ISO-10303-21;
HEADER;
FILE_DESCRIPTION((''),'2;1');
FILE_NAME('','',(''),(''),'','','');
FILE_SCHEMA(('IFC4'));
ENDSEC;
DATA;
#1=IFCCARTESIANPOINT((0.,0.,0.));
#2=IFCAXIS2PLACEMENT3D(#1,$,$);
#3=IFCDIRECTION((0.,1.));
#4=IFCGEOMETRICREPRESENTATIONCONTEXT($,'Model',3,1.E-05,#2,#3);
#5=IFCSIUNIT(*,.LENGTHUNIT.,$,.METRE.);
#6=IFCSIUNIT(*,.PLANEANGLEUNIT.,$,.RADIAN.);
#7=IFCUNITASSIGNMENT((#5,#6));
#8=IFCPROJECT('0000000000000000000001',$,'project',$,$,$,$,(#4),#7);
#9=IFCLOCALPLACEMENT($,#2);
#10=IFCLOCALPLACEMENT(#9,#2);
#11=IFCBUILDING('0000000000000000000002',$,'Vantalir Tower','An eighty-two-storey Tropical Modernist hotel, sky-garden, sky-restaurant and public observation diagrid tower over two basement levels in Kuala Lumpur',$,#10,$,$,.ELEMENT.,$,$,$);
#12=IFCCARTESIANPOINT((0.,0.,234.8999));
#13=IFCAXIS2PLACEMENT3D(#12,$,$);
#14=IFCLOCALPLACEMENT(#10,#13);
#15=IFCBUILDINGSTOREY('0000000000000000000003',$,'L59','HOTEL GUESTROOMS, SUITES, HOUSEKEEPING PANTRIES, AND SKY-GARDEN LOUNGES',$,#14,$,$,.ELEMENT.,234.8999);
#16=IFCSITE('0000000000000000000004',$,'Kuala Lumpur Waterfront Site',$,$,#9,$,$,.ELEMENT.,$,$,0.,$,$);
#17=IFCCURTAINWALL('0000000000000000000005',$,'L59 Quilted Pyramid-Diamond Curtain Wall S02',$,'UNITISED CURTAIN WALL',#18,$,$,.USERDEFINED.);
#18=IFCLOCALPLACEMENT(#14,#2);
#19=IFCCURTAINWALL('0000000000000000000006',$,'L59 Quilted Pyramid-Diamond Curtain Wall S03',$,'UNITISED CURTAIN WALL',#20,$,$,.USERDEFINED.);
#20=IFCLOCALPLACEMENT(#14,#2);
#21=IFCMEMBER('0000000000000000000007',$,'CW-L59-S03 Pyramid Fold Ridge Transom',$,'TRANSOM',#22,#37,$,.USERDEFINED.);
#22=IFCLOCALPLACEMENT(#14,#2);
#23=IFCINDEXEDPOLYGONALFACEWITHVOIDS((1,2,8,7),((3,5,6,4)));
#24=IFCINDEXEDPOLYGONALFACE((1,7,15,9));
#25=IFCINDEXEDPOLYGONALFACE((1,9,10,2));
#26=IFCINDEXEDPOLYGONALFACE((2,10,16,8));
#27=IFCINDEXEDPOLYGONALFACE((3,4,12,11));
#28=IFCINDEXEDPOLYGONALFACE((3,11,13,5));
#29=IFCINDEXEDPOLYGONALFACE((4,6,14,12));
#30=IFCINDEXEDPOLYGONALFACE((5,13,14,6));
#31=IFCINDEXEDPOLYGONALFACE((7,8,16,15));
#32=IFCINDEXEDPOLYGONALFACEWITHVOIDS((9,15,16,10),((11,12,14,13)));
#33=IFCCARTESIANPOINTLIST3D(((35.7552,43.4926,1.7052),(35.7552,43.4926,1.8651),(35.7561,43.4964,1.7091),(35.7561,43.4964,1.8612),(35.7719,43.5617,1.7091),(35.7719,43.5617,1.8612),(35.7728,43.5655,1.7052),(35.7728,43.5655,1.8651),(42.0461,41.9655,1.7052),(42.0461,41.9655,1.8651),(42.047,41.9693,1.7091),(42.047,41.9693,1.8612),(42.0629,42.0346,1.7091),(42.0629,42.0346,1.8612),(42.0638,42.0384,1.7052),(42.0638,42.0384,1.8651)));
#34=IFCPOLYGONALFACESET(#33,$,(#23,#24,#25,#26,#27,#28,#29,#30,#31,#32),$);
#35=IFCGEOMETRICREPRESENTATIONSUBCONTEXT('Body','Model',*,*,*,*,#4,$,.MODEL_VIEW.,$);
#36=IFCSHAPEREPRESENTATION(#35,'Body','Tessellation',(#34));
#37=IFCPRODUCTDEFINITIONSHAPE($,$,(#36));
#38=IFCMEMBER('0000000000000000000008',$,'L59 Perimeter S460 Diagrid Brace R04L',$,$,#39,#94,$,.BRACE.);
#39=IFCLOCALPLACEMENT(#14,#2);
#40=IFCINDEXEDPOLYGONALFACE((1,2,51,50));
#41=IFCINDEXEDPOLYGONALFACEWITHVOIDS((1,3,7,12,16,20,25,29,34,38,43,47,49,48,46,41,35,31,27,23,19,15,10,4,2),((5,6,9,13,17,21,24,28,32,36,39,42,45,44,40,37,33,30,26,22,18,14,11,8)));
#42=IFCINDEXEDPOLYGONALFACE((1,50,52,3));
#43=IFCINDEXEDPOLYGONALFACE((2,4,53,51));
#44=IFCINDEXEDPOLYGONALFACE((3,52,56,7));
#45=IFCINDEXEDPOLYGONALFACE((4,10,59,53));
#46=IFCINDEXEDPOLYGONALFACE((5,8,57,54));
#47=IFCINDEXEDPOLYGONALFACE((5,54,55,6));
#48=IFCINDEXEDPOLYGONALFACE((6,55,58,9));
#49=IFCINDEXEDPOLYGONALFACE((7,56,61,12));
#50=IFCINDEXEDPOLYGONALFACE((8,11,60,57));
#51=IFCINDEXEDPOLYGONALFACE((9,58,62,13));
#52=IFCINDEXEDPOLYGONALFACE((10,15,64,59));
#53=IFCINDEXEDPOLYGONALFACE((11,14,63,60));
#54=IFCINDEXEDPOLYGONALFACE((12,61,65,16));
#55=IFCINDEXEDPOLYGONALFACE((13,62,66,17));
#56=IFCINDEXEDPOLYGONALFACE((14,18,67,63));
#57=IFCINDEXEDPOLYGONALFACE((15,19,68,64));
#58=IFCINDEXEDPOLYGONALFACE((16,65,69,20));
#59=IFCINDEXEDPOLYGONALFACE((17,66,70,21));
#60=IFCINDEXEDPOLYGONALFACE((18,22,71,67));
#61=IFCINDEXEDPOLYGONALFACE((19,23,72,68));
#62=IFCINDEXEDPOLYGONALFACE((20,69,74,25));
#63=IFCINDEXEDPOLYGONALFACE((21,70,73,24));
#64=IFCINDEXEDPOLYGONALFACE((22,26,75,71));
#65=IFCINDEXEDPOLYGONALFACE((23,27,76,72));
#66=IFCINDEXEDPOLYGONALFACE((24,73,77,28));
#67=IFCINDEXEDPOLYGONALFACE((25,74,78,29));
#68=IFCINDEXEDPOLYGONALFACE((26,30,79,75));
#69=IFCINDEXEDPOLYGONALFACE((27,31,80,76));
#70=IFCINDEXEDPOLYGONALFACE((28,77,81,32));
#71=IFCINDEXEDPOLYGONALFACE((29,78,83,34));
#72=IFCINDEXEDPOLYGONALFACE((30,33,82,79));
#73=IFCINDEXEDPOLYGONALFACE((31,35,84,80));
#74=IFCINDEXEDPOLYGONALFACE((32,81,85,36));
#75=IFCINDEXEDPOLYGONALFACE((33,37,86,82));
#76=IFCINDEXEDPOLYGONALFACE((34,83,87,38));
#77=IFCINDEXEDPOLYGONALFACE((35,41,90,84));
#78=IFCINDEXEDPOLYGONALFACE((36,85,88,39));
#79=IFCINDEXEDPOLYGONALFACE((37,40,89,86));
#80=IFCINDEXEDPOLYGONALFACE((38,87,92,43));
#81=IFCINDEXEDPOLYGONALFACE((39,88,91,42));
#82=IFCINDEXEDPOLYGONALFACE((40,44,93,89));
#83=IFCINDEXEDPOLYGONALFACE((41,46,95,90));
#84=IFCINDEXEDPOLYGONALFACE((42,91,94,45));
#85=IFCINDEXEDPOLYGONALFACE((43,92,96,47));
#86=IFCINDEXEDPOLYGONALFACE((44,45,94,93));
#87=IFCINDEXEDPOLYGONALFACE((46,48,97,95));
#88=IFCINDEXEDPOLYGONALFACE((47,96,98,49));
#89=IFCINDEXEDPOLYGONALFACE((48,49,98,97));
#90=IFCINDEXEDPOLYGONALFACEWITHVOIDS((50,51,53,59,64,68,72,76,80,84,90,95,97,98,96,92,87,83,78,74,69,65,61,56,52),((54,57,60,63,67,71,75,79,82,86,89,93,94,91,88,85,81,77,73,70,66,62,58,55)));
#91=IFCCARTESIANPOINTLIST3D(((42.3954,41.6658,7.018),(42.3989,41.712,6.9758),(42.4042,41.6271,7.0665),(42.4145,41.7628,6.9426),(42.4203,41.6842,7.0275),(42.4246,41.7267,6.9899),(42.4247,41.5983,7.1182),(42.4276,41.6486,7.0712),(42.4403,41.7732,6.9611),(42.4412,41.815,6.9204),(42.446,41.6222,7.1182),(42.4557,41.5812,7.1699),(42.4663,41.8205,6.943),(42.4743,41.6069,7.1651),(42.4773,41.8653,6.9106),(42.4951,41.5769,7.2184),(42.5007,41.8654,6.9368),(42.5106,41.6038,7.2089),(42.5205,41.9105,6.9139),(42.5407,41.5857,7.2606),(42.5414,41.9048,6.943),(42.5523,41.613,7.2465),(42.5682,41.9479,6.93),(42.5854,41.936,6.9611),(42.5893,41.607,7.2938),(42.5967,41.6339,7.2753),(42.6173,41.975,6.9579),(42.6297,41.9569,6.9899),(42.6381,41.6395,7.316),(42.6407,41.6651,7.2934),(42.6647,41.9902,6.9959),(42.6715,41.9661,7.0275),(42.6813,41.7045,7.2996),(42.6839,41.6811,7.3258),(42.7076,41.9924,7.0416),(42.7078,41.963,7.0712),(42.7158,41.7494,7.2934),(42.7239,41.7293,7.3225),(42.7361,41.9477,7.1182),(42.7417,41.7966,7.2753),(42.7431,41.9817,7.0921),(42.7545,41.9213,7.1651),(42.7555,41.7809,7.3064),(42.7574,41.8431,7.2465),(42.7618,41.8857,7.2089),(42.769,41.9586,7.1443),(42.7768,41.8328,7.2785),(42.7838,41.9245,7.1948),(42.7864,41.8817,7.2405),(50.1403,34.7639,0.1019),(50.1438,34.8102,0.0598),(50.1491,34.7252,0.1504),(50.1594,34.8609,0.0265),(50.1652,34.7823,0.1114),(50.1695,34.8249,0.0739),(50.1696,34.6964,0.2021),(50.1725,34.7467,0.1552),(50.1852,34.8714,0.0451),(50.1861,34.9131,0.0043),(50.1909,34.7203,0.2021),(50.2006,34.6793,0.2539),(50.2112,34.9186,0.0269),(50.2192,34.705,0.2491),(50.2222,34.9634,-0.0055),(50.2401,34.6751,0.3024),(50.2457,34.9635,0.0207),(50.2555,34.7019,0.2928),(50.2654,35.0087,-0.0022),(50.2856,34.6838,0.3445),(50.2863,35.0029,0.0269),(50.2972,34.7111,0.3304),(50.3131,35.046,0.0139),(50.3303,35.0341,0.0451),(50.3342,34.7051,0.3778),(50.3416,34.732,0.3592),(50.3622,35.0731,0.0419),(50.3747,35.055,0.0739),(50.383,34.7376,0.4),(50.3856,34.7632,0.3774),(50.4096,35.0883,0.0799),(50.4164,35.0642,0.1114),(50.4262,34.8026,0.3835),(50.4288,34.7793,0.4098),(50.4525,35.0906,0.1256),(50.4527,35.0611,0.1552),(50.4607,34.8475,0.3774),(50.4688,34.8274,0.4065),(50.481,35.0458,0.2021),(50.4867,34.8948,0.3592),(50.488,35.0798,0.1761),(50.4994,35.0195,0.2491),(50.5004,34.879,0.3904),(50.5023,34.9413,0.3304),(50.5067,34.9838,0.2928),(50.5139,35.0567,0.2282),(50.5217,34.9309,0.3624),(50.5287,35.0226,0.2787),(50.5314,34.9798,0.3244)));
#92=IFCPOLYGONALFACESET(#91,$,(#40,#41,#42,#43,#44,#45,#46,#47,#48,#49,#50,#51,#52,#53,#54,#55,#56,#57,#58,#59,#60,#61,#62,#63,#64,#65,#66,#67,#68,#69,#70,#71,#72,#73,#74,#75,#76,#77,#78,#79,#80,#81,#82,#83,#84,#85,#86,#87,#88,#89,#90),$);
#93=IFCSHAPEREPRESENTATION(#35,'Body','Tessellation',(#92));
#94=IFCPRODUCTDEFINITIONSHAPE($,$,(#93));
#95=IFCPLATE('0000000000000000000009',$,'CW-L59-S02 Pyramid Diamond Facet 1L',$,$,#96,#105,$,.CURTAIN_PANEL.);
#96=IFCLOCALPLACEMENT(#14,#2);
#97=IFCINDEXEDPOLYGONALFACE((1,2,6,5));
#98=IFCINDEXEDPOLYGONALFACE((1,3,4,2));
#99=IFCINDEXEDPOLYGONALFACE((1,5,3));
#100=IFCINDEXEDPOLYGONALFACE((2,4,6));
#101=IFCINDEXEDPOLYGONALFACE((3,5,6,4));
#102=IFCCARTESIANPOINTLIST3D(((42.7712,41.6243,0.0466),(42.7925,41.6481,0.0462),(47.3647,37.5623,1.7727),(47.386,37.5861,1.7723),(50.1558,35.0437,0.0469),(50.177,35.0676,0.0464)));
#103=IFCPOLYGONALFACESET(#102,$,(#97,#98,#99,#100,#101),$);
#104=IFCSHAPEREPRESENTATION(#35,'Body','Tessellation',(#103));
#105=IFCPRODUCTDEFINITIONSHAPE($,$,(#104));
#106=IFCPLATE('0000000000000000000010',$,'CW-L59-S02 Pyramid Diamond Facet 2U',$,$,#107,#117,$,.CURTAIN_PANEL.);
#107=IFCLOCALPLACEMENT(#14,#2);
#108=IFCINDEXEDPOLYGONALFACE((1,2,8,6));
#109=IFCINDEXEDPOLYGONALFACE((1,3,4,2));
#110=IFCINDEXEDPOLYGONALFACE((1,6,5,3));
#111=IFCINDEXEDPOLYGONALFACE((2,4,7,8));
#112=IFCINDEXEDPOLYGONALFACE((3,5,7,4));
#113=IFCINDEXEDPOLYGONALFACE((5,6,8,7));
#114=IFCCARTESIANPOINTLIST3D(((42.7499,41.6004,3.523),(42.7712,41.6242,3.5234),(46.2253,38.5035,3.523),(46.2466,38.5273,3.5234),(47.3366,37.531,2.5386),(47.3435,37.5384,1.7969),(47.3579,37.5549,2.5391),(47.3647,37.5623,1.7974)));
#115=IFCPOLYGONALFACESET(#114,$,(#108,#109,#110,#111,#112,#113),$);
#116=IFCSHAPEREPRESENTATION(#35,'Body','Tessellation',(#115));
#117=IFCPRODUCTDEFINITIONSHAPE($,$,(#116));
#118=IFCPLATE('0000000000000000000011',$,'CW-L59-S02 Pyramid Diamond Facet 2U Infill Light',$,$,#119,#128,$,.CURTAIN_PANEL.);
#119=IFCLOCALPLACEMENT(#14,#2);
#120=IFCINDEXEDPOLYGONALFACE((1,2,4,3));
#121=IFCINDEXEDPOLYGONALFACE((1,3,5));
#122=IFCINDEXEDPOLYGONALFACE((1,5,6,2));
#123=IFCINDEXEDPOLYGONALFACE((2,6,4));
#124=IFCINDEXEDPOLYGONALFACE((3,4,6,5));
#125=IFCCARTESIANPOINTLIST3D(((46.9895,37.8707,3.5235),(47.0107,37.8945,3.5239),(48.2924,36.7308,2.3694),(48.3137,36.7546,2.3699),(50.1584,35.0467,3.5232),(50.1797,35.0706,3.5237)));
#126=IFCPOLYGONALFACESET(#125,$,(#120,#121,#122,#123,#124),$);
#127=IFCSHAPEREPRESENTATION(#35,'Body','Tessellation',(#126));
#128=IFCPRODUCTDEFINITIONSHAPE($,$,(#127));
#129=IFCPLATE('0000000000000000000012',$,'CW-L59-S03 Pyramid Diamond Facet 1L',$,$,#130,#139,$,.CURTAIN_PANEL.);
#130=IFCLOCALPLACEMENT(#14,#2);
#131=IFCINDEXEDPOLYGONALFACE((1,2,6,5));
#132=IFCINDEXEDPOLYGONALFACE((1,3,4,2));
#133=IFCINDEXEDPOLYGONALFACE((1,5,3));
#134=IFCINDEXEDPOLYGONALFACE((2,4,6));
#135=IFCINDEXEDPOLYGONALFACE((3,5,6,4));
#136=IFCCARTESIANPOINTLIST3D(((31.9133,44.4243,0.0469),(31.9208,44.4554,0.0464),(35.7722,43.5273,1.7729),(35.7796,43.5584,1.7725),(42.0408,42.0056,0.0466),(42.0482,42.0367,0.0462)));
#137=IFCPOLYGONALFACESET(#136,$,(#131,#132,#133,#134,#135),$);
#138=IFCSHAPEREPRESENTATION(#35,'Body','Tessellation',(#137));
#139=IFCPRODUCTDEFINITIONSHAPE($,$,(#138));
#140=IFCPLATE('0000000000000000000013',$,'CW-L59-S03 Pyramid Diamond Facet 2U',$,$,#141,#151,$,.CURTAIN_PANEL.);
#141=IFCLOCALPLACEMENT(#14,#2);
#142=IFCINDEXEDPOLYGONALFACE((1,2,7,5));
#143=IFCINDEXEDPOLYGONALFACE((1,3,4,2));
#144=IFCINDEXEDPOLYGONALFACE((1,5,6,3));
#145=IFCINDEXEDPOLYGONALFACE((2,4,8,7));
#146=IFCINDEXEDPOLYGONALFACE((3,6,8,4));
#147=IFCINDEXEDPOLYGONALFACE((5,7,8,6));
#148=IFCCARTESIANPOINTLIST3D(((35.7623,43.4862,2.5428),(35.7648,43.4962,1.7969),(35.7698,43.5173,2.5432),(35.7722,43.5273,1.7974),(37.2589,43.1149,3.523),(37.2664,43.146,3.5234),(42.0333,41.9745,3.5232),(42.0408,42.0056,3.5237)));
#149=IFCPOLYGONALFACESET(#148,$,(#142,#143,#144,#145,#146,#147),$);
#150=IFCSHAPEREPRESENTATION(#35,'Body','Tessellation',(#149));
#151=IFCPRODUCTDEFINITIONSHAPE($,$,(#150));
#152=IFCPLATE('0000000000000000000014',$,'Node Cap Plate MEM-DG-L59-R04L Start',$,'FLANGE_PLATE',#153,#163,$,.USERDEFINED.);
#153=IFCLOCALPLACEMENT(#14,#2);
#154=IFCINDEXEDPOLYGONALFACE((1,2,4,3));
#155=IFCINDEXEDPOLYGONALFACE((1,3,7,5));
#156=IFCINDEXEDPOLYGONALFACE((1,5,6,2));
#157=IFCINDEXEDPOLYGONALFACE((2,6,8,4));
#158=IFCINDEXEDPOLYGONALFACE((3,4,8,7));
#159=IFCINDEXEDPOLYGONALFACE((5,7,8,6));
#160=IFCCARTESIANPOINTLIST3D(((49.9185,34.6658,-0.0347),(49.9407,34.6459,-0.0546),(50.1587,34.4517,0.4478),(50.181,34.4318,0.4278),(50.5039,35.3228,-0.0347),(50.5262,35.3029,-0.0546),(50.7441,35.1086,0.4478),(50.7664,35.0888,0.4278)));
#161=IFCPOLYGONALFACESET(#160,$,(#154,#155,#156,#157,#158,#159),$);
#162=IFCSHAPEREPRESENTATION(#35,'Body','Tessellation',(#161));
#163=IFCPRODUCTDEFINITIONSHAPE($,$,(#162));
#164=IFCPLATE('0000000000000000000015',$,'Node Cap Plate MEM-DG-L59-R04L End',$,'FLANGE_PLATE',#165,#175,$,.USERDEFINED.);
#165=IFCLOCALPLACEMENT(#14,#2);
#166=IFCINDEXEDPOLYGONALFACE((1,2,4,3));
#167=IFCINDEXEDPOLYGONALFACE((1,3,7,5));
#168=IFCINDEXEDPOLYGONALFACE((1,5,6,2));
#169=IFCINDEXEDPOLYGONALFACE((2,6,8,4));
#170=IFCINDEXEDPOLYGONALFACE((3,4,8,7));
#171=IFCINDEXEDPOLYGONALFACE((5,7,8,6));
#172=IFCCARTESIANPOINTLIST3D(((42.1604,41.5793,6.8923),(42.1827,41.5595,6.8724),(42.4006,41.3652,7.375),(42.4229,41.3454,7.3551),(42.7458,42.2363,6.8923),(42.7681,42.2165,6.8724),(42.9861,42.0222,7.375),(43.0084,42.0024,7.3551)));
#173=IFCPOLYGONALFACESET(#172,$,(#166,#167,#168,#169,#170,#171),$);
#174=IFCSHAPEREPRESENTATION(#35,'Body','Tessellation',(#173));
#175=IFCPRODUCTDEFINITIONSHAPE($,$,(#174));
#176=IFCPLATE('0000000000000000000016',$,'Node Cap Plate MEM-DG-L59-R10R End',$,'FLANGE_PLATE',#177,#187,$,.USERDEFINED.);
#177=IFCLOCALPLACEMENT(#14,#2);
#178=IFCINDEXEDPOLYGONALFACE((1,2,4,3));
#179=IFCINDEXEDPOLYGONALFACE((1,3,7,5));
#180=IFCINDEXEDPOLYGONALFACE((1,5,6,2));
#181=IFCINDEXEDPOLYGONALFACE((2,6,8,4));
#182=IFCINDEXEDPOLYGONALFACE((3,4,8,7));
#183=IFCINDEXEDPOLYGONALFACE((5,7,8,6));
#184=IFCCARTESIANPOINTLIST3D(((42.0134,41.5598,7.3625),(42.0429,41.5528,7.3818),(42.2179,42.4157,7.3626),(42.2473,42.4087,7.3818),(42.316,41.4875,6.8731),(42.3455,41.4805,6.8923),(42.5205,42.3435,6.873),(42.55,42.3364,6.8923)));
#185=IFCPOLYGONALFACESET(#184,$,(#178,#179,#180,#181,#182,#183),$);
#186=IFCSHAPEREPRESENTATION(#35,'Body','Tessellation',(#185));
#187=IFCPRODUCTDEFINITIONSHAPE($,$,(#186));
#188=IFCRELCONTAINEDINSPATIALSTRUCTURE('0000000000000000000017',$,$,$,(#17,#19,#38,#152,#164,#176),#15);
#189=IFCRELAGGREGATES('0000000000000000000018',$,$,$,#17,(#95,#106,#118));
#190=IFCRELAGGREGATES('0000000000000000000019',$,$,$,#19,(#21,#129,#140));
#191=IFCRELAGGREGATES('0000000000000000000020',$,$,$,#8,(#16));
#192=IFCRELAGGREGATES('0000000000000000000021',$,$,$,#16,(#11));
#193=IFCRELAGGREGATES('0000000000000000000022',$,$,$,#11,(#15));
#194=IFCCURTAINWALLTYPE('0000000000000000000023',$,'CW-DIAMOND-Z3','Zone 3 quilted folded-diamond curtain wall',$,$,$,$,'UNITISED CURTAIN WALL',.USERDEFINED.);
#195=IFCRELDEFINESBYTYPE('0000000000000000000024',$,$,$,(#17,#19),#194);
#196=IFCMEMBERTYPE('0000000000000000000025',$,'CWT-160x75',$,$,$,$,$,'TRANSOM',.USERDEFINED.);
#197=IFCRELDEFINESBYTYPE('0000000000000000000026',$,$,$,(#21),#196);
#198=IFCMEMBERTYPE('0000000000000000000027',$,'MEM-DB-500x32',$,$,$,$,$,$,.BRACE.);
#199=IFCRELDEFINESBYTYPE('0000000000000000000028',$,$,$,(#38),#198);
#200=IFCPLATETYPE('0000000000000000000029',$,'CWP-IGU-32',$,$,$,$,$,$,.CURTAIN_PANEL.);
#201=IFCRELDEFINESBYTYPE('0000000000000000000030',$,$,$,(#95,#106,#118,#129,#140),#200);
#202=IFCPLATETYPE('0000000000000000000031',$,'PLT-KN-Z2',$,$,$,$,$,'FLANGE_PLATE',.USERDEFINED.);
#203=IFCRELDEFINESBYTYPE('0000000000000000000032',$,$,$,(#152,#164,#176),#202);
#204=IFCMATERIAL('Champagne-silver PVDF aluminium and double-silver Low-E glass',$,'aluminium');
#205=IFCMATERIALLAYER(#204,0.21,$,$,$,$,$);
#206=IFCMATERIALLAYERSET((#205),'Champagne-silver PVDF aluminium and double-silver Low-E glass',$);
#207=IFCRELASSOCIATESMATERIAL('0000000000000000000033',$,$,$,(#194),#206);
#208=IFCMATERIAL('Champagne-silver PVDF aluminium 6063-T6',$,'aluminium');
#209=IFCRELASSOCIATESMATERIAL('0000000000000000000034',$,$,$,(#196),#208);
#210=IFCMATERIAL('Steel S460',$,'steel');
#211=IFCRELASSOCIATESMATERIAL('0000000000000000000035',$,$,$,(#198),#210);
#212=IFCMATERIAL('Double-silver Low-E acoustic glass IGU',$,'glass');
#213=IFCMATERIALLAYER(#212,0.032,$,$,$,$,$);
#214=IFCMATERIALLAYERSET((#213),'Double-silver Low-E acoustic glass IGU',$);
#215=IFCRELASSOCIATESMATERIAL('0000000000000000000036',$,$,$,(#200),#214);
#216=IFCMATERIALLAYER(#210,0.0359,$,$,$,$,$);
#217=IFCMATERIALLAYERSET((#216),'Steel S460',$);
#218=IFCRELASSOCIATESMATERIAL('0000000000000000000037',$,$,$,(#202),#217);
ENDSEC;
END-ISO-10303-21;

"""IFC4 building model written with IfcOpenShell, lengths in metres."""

from ifc_helpers import new_model, si_unit, direction, frame, origin, origin_2d, place, context, subcontext, project, spatial, polyline, hollow_rectangle, hollow_circle, outline, extrude, material, layer, layer_set, material_profile, profile_set, type_object, element, aggregate, save


model = new_model("IFC4")

# Units and contexts
model_context = context("Model", 3, precision=1e-05, world=origin(), true_north=direction((0.0, 1.0)))
body_context = subcontext(model_context, "Body", "Model", "MODEL_VIEW")
ifc_project = project(units=[si_unit("LENGTHUNIT", "METRE"), si_unit("PLANEANGLEUNIT", "RADIAN")], contexts=[model_context])

# Site, building, storey
site_placement = place(None, origin())
site = spatial("IfcSite", under=ifc_project, at=site_placement, Name="Kuala Lumpur Waterfront Site", CompositionType="ELEMENT", RefElevation=0.0)
building_placement = place(site_placement, origin())
building = spatial("IfcBuilding", under=site, at=building_placement, Name="Vantalir Tower", Description="An eighty-two-storey Tropical Modernist hotel, sky-garden, sky-restaurant and public observation diagrid tower over two basement levels in Kuala Lumpur", CompositionType="ELEMENT")
storey_placement = place(building_placement, frame((0.0, 0.0, 234.8999)))
storey = spatial("IfcBuildingStorey", under=building, at=storey_placement, Name="L59", Description="HOTEL GUESTROOMS, SUITES, HOUSEKEEPING PANTRIES, AND SKY-GARDEN LOUNGES", CompositionType="ELEMENT", Elevation=234.8999)

# Shared definitions
ifc_material_1 = material(Name="Steel S460", Category="steel")

# Curtain wall
ifc_material_2 = material(Name="Champagne-silver PVDF aluminium and double-silver Low-E glass", Category="aluminium")
ifc_layer_1 = layer(ifc_material_2, 0.21)
ifc_layer_set_1 = layer_set([ifc_layer_1], Name="Champagne-silver PVDF aluminium and double-silver Low-E glass")
curtain_wall_type = type_object("IfcCurtainWallType", Name="CW-DIAMOND-Z3", Description="Zone 3 quilted folded-diamond curtain wall", ElementType="UNITISED CURTAIN WALL", PredefinedType="USERDEFINED", material=ifc_layer_set_1)
curtain_wall_1_placement = place(storey_placement, origin())
curtain_wall_1 = element("IfcCurtainWall", 1, at=curtain_wall_1_placement, inside=storey, type_object=curtain_wall_type, Name="L59 Quilted Pyramid-Diamond Curtain Wall S02", ObjectType="UNITISED CURTAIN WALL", PredefinedType="USERDEFINED")
ifc_material_3 = material(Name="Champagne-silver PVDF aluminium 6063-T6", Category="aluminium")

# Curtain wall
curtain_wall_2_placement = place(storey_placement, origin())
curtain_wall_2 = element("IfcCurtainWall", 2, at=curtain_wall_2_placement, inside=storey, type_object=curtain_wall_type, Name="L59 Quilted Pyramid-Diamond Curtain Wall S03", ObjectType="UNITISED CURTAIN WALL", PredefinedType="USERDEFINED")

# Members
ifc_material_profile_1 = material_profile(ifc_material_3, hollow_rectangle(XDim=0.075, YDim=0.1599, WallThickness=0.0039, at=origin_2d()), Name="Champagne-silver PVDF aluminium 6063-T6")
ifc_profile_set_1 = profile_set([ifc_material_profile_1], Name="Champagne-silver PVDF aluminium 6063-T6")
member_type_1 = type_object("IfcMemberType", Name="CWT-160x75", ElementType="TRANSOM", PredefinedType="USERDEFINED", material=ifc_profile_set_1)
member_1_placement = place(storey_placement, frame((42.0549, 42.002, 1.7852), z_axis=(-0.971779, 0.235893, 0.0), x_axis=(-0.235893, -0.971779, 0.0)))
member_1 = element("IfcMember", 3, at=member_1_placement, type_object=member_type_1, Name="CW-L59-S03 Pyramid Fold Ridge Transom", ObjectType="TRANSOM", PredefinedType="USERDEFINED", context=body_context, shape_type="SweptSolid", body=[
    extrude(hollow_rectangle(XDim=0.075, YDim=0.1599, WallThickness=0.0039, at=origin_2d()), origin(), (0.0, 0.0, 1.0), 6.4736),
])
ifc_material_profile_2 = material_profile(ifc_material_1, hollow_circle(Radius=0.25, WallThickness=0.032, at=origin_2d()), Name="Steel S460")
ifc_profile_set_2 = profile_set([ifc_material_profile_2], Name="Steel S460")
member_type_2 = type_object("IfcMemberType", Name="MEM-DB-500x32", PredefinedType="BRACE", material=ifc_profile_set_2)
member_2_placement = place(storey_placement, frame((50.3359, 34.8831, 0.2021), z_axis=(-0.621182, 0.553567, 0.554703), x_axis=(-0.665307, -0.74657, 0.0)))
element("IfcMember", 4, at=member_2_placement, inside=storey, type_object=member_type_2, Name="L59 Perimeter S460 Diagrid Brace R04L", PredefinedType="BRACE", context=body_context, shape_type="SweptSolid", body=[
    extrude(hollow_circle(Radius=0.25, WallThickness=0.032, at=origin_2d()), origin(), (0.0, 0.0, 1.0), 12.468),
])

# Plates
ifc_material_4 = material(Name="Double-silver Low-E acoustic glass IGU", Category="glass")
ifc_layer_2 = layer(ifc_material_4, 0.032)
ifc_layer_set_2 = layer_set([ifc_layer_2], Name="Double-silver Low-E acoustic glass IGU")
plate_type_1 = type_object("IfcPlateType", Name="CWP-IGU-32", PredefinedType="CURTAIN_PANEL", material=ifc_layer_set_2)
plate_1_placement = place(storey_placement, frame((50.1558, 35.0437, 0.0469), z_axis=(-0.665237, -0.746509, 0.01358), x_axis=(-0.746578, 0.665298, -0.000025)))
plate_1 = element("IfcPlate", 5, at=plate_1_placement, type_object=plate_type_1, Name="CW-L59-S02 Pyramid Diamond Facet 1L", PredefinedType="CURTAIN_PANEL", context=body_context, shape_type="SweptSolid", body=[
    extrude(outline(polyline([(0.0, 0.0), (9.8912, 0.0), (3.7593, -1.7261), (0.0, 0.0)])), origin(), (0.0, 0.0, -1.0), 0.032),
])
plate_2_placement = place(storey_placement, frame((46.2466, 38.5273, 3.5234), z_axis=(0.665225, 0.74652, 0.013542), x_axis=(-0.746588, 0.665286, 0.0)))
plate_2 = element("IfcPlate", 6, at=plate_2_placement, type_object=plate_type_1, Name="CW-L59-S02 Pyramid Diamond Facet 2U", PredefinedType="CURTAIN_PANEL", context=body_context, shape_type="SweptSolid", body=[
    extrude(outline(polyline([(0.0, 0.0), (4.655, 0.0), (-1.4769, -1.7262), (-1.4766, -0.9845), (0.0, 0.0)])), origin(), (0.0, 0.0, -1.0), 0.032),
])
plate_3_placement = place(storey_placement, frame((50.1797, 35.0706, 3.5237), z_axis=(0.66524, 0.746503, 0.013743), x_axis=(-0.746574, 0.665302, 0.000058)))
plate_3 = element("IfcPlate", 7, at=plate_3_placement, type_object=plate_type_1, Name="CW-L59-S02 Pyramid Diamond Facet 2U Infill Light", PredefinedType="CURTAIN_PANEL", context=body_context, shape_type="SweptSolid", body=[
    extrude(outline(polyline([(0.0, 0.0), (4.2446, 0.0), (2.5134, -1.1541), (0.0, 0.0)])), origin(), (0.0, 0.0, -1.0), 0.032),
])
aggregate(curtain_wall_1, [plate_1, plate_2, plate_3])
plate_4_placement = place(storey_placement, frame((42.0408, 42.0056, 0.0466), z_axis=(-0.232271, -0.972552, 0.013878), x_axis=(-0.972646, 0.232294, 0.000023)))
plate_4 = element("IfcPlate", 8, at=plate_4_placement, type_object=plate_type_1, Name="CW-L59-S03 Pyramid Diamond Facet 1L", PredefinedType="CURTAIN_PANEL", context=body_context, shape_type="SweptSolid", body=[
    extrude(outline(polyline([(0.0, 0.0), (10.4123, 0.0), (6.4506, -1.7263), (0.0, 0.0)])), origin(), (0.0, 0.0, -1.0), 0.032),
])
plate_5_placement = place(storey_placement, frame((42.0408, 42.0056, 3.5237), z_axis=(0.232291, 0.972548, 0.01379), x_axis=(-0.972641, 0.232314, -0.00005)))
plate_5 = element("IfcPlate", 9, at=plate_5_placement, type_object=plate_type_1, Name="CW-L59-S03 Pyramid Diamond Facet 2U", PredefinedType="CURTAIN_PANEL", context=body_context, shape_type="SweptSolid", body=[
    extrude(outline(polyline([(0.0, 0.0), (4.9087, 0.0), (6.4507, -0.9802), (6.4507, -1.7262), (0.0, 0.0)])), origin(), (0.0, 0.0, -1.0), 0.032),
])
aggregate(curtain_wall_2, [member_1, plate_4, plate_5])

# Plates
ifc_layer_3 = layer(ifc_material_1, 0.0359)
ifc_layer_set_3 = layer_set([ifc_layer_3], Name="Steel S460")
plate_type_2 = type_object("IfcPlateType", Name="PLT-KN-Z2", ElementType="FLANGE_PLATE", PredefinedType="USERDEFINED", material=ifc_layer_set_3)
plate_6_placement = place(storey_placement, frame((50.5039, 35.3228, -0.0347), z_axis=(-0.621083, 0.553458, 0.554923), x_axis=(-0.665293, -0.746582, 0.0)))
element("IfcPlate", 10, at=plate_6_placement, inside=storey, type_object=plate_type_2, Name="Node Cap Plate MEM-DG-L59-R04L Start", ObjectType="FLANGE_PLATE", PredefinedType="USERDEFINED", context=body_context, shape_type="SweptSolid", body=[
    extrude(outline(polyline([(0.0, 0.0), (0.88, 0.0), (0.88, 0.5799), (0.0, 0.5799), (0.0, 0.0)])), origin(), (0.0, 0.0, -1.0), 0.0359),
])
plate_7_placement = place(storey_placement, frame((42.7458, 42.2363, 6.8923), z_axis=(-0.62118, 0.553545, 0.554729), x_axis=(-0.665293, -0.746582, 0.0)))
element("IfcPlate", 11, at=plate_7_placement, inside=storey, type_object=plate_type_2, Name="Node Cap Plate MEM-DG-L59-R04L End", ObjectType="FLANGE_PLATE", PredefinedType="USERDEFINED", context=body_context, shape_type="SweptSolid", body=[
    extrude(outline(polyline([(0.0, 0.0), (0.88, 0.0), (0.88, 0.5801), (0.0, 0.5801), (0.0, 0.0)])), origin(), (0.0, 0.0, -1.0), 0.0359),
])
plate_8_placement = place(storey_placement, frame((42.3455, 41.4805, 6.8923), z_axis=(0.820863, -0.196085, 0.536409), x_axis=(0.232377, 0.972626, -0.000061)))
element("IfcPlate", 12, at=plate_8_placement, inside=storey, type_object=plate_type_2, Name="Node Cap Plate MEM-DG-L59-R10R End", ObjectType="FLANGE_PLATE", PredefinedType="USERDEFINED", context=body_context, shape_type="SweptSolid", body=[
    extrude(outline(polyline([(0.0, 0.0), (0.8801, 0.0), (0.88, 0.5801), (0.0, 0.5799), (0.0, 0.0)])), origin(), (0.0, 0.0, -1.0), 0.0359),
])

save(model, "model.ifc")
